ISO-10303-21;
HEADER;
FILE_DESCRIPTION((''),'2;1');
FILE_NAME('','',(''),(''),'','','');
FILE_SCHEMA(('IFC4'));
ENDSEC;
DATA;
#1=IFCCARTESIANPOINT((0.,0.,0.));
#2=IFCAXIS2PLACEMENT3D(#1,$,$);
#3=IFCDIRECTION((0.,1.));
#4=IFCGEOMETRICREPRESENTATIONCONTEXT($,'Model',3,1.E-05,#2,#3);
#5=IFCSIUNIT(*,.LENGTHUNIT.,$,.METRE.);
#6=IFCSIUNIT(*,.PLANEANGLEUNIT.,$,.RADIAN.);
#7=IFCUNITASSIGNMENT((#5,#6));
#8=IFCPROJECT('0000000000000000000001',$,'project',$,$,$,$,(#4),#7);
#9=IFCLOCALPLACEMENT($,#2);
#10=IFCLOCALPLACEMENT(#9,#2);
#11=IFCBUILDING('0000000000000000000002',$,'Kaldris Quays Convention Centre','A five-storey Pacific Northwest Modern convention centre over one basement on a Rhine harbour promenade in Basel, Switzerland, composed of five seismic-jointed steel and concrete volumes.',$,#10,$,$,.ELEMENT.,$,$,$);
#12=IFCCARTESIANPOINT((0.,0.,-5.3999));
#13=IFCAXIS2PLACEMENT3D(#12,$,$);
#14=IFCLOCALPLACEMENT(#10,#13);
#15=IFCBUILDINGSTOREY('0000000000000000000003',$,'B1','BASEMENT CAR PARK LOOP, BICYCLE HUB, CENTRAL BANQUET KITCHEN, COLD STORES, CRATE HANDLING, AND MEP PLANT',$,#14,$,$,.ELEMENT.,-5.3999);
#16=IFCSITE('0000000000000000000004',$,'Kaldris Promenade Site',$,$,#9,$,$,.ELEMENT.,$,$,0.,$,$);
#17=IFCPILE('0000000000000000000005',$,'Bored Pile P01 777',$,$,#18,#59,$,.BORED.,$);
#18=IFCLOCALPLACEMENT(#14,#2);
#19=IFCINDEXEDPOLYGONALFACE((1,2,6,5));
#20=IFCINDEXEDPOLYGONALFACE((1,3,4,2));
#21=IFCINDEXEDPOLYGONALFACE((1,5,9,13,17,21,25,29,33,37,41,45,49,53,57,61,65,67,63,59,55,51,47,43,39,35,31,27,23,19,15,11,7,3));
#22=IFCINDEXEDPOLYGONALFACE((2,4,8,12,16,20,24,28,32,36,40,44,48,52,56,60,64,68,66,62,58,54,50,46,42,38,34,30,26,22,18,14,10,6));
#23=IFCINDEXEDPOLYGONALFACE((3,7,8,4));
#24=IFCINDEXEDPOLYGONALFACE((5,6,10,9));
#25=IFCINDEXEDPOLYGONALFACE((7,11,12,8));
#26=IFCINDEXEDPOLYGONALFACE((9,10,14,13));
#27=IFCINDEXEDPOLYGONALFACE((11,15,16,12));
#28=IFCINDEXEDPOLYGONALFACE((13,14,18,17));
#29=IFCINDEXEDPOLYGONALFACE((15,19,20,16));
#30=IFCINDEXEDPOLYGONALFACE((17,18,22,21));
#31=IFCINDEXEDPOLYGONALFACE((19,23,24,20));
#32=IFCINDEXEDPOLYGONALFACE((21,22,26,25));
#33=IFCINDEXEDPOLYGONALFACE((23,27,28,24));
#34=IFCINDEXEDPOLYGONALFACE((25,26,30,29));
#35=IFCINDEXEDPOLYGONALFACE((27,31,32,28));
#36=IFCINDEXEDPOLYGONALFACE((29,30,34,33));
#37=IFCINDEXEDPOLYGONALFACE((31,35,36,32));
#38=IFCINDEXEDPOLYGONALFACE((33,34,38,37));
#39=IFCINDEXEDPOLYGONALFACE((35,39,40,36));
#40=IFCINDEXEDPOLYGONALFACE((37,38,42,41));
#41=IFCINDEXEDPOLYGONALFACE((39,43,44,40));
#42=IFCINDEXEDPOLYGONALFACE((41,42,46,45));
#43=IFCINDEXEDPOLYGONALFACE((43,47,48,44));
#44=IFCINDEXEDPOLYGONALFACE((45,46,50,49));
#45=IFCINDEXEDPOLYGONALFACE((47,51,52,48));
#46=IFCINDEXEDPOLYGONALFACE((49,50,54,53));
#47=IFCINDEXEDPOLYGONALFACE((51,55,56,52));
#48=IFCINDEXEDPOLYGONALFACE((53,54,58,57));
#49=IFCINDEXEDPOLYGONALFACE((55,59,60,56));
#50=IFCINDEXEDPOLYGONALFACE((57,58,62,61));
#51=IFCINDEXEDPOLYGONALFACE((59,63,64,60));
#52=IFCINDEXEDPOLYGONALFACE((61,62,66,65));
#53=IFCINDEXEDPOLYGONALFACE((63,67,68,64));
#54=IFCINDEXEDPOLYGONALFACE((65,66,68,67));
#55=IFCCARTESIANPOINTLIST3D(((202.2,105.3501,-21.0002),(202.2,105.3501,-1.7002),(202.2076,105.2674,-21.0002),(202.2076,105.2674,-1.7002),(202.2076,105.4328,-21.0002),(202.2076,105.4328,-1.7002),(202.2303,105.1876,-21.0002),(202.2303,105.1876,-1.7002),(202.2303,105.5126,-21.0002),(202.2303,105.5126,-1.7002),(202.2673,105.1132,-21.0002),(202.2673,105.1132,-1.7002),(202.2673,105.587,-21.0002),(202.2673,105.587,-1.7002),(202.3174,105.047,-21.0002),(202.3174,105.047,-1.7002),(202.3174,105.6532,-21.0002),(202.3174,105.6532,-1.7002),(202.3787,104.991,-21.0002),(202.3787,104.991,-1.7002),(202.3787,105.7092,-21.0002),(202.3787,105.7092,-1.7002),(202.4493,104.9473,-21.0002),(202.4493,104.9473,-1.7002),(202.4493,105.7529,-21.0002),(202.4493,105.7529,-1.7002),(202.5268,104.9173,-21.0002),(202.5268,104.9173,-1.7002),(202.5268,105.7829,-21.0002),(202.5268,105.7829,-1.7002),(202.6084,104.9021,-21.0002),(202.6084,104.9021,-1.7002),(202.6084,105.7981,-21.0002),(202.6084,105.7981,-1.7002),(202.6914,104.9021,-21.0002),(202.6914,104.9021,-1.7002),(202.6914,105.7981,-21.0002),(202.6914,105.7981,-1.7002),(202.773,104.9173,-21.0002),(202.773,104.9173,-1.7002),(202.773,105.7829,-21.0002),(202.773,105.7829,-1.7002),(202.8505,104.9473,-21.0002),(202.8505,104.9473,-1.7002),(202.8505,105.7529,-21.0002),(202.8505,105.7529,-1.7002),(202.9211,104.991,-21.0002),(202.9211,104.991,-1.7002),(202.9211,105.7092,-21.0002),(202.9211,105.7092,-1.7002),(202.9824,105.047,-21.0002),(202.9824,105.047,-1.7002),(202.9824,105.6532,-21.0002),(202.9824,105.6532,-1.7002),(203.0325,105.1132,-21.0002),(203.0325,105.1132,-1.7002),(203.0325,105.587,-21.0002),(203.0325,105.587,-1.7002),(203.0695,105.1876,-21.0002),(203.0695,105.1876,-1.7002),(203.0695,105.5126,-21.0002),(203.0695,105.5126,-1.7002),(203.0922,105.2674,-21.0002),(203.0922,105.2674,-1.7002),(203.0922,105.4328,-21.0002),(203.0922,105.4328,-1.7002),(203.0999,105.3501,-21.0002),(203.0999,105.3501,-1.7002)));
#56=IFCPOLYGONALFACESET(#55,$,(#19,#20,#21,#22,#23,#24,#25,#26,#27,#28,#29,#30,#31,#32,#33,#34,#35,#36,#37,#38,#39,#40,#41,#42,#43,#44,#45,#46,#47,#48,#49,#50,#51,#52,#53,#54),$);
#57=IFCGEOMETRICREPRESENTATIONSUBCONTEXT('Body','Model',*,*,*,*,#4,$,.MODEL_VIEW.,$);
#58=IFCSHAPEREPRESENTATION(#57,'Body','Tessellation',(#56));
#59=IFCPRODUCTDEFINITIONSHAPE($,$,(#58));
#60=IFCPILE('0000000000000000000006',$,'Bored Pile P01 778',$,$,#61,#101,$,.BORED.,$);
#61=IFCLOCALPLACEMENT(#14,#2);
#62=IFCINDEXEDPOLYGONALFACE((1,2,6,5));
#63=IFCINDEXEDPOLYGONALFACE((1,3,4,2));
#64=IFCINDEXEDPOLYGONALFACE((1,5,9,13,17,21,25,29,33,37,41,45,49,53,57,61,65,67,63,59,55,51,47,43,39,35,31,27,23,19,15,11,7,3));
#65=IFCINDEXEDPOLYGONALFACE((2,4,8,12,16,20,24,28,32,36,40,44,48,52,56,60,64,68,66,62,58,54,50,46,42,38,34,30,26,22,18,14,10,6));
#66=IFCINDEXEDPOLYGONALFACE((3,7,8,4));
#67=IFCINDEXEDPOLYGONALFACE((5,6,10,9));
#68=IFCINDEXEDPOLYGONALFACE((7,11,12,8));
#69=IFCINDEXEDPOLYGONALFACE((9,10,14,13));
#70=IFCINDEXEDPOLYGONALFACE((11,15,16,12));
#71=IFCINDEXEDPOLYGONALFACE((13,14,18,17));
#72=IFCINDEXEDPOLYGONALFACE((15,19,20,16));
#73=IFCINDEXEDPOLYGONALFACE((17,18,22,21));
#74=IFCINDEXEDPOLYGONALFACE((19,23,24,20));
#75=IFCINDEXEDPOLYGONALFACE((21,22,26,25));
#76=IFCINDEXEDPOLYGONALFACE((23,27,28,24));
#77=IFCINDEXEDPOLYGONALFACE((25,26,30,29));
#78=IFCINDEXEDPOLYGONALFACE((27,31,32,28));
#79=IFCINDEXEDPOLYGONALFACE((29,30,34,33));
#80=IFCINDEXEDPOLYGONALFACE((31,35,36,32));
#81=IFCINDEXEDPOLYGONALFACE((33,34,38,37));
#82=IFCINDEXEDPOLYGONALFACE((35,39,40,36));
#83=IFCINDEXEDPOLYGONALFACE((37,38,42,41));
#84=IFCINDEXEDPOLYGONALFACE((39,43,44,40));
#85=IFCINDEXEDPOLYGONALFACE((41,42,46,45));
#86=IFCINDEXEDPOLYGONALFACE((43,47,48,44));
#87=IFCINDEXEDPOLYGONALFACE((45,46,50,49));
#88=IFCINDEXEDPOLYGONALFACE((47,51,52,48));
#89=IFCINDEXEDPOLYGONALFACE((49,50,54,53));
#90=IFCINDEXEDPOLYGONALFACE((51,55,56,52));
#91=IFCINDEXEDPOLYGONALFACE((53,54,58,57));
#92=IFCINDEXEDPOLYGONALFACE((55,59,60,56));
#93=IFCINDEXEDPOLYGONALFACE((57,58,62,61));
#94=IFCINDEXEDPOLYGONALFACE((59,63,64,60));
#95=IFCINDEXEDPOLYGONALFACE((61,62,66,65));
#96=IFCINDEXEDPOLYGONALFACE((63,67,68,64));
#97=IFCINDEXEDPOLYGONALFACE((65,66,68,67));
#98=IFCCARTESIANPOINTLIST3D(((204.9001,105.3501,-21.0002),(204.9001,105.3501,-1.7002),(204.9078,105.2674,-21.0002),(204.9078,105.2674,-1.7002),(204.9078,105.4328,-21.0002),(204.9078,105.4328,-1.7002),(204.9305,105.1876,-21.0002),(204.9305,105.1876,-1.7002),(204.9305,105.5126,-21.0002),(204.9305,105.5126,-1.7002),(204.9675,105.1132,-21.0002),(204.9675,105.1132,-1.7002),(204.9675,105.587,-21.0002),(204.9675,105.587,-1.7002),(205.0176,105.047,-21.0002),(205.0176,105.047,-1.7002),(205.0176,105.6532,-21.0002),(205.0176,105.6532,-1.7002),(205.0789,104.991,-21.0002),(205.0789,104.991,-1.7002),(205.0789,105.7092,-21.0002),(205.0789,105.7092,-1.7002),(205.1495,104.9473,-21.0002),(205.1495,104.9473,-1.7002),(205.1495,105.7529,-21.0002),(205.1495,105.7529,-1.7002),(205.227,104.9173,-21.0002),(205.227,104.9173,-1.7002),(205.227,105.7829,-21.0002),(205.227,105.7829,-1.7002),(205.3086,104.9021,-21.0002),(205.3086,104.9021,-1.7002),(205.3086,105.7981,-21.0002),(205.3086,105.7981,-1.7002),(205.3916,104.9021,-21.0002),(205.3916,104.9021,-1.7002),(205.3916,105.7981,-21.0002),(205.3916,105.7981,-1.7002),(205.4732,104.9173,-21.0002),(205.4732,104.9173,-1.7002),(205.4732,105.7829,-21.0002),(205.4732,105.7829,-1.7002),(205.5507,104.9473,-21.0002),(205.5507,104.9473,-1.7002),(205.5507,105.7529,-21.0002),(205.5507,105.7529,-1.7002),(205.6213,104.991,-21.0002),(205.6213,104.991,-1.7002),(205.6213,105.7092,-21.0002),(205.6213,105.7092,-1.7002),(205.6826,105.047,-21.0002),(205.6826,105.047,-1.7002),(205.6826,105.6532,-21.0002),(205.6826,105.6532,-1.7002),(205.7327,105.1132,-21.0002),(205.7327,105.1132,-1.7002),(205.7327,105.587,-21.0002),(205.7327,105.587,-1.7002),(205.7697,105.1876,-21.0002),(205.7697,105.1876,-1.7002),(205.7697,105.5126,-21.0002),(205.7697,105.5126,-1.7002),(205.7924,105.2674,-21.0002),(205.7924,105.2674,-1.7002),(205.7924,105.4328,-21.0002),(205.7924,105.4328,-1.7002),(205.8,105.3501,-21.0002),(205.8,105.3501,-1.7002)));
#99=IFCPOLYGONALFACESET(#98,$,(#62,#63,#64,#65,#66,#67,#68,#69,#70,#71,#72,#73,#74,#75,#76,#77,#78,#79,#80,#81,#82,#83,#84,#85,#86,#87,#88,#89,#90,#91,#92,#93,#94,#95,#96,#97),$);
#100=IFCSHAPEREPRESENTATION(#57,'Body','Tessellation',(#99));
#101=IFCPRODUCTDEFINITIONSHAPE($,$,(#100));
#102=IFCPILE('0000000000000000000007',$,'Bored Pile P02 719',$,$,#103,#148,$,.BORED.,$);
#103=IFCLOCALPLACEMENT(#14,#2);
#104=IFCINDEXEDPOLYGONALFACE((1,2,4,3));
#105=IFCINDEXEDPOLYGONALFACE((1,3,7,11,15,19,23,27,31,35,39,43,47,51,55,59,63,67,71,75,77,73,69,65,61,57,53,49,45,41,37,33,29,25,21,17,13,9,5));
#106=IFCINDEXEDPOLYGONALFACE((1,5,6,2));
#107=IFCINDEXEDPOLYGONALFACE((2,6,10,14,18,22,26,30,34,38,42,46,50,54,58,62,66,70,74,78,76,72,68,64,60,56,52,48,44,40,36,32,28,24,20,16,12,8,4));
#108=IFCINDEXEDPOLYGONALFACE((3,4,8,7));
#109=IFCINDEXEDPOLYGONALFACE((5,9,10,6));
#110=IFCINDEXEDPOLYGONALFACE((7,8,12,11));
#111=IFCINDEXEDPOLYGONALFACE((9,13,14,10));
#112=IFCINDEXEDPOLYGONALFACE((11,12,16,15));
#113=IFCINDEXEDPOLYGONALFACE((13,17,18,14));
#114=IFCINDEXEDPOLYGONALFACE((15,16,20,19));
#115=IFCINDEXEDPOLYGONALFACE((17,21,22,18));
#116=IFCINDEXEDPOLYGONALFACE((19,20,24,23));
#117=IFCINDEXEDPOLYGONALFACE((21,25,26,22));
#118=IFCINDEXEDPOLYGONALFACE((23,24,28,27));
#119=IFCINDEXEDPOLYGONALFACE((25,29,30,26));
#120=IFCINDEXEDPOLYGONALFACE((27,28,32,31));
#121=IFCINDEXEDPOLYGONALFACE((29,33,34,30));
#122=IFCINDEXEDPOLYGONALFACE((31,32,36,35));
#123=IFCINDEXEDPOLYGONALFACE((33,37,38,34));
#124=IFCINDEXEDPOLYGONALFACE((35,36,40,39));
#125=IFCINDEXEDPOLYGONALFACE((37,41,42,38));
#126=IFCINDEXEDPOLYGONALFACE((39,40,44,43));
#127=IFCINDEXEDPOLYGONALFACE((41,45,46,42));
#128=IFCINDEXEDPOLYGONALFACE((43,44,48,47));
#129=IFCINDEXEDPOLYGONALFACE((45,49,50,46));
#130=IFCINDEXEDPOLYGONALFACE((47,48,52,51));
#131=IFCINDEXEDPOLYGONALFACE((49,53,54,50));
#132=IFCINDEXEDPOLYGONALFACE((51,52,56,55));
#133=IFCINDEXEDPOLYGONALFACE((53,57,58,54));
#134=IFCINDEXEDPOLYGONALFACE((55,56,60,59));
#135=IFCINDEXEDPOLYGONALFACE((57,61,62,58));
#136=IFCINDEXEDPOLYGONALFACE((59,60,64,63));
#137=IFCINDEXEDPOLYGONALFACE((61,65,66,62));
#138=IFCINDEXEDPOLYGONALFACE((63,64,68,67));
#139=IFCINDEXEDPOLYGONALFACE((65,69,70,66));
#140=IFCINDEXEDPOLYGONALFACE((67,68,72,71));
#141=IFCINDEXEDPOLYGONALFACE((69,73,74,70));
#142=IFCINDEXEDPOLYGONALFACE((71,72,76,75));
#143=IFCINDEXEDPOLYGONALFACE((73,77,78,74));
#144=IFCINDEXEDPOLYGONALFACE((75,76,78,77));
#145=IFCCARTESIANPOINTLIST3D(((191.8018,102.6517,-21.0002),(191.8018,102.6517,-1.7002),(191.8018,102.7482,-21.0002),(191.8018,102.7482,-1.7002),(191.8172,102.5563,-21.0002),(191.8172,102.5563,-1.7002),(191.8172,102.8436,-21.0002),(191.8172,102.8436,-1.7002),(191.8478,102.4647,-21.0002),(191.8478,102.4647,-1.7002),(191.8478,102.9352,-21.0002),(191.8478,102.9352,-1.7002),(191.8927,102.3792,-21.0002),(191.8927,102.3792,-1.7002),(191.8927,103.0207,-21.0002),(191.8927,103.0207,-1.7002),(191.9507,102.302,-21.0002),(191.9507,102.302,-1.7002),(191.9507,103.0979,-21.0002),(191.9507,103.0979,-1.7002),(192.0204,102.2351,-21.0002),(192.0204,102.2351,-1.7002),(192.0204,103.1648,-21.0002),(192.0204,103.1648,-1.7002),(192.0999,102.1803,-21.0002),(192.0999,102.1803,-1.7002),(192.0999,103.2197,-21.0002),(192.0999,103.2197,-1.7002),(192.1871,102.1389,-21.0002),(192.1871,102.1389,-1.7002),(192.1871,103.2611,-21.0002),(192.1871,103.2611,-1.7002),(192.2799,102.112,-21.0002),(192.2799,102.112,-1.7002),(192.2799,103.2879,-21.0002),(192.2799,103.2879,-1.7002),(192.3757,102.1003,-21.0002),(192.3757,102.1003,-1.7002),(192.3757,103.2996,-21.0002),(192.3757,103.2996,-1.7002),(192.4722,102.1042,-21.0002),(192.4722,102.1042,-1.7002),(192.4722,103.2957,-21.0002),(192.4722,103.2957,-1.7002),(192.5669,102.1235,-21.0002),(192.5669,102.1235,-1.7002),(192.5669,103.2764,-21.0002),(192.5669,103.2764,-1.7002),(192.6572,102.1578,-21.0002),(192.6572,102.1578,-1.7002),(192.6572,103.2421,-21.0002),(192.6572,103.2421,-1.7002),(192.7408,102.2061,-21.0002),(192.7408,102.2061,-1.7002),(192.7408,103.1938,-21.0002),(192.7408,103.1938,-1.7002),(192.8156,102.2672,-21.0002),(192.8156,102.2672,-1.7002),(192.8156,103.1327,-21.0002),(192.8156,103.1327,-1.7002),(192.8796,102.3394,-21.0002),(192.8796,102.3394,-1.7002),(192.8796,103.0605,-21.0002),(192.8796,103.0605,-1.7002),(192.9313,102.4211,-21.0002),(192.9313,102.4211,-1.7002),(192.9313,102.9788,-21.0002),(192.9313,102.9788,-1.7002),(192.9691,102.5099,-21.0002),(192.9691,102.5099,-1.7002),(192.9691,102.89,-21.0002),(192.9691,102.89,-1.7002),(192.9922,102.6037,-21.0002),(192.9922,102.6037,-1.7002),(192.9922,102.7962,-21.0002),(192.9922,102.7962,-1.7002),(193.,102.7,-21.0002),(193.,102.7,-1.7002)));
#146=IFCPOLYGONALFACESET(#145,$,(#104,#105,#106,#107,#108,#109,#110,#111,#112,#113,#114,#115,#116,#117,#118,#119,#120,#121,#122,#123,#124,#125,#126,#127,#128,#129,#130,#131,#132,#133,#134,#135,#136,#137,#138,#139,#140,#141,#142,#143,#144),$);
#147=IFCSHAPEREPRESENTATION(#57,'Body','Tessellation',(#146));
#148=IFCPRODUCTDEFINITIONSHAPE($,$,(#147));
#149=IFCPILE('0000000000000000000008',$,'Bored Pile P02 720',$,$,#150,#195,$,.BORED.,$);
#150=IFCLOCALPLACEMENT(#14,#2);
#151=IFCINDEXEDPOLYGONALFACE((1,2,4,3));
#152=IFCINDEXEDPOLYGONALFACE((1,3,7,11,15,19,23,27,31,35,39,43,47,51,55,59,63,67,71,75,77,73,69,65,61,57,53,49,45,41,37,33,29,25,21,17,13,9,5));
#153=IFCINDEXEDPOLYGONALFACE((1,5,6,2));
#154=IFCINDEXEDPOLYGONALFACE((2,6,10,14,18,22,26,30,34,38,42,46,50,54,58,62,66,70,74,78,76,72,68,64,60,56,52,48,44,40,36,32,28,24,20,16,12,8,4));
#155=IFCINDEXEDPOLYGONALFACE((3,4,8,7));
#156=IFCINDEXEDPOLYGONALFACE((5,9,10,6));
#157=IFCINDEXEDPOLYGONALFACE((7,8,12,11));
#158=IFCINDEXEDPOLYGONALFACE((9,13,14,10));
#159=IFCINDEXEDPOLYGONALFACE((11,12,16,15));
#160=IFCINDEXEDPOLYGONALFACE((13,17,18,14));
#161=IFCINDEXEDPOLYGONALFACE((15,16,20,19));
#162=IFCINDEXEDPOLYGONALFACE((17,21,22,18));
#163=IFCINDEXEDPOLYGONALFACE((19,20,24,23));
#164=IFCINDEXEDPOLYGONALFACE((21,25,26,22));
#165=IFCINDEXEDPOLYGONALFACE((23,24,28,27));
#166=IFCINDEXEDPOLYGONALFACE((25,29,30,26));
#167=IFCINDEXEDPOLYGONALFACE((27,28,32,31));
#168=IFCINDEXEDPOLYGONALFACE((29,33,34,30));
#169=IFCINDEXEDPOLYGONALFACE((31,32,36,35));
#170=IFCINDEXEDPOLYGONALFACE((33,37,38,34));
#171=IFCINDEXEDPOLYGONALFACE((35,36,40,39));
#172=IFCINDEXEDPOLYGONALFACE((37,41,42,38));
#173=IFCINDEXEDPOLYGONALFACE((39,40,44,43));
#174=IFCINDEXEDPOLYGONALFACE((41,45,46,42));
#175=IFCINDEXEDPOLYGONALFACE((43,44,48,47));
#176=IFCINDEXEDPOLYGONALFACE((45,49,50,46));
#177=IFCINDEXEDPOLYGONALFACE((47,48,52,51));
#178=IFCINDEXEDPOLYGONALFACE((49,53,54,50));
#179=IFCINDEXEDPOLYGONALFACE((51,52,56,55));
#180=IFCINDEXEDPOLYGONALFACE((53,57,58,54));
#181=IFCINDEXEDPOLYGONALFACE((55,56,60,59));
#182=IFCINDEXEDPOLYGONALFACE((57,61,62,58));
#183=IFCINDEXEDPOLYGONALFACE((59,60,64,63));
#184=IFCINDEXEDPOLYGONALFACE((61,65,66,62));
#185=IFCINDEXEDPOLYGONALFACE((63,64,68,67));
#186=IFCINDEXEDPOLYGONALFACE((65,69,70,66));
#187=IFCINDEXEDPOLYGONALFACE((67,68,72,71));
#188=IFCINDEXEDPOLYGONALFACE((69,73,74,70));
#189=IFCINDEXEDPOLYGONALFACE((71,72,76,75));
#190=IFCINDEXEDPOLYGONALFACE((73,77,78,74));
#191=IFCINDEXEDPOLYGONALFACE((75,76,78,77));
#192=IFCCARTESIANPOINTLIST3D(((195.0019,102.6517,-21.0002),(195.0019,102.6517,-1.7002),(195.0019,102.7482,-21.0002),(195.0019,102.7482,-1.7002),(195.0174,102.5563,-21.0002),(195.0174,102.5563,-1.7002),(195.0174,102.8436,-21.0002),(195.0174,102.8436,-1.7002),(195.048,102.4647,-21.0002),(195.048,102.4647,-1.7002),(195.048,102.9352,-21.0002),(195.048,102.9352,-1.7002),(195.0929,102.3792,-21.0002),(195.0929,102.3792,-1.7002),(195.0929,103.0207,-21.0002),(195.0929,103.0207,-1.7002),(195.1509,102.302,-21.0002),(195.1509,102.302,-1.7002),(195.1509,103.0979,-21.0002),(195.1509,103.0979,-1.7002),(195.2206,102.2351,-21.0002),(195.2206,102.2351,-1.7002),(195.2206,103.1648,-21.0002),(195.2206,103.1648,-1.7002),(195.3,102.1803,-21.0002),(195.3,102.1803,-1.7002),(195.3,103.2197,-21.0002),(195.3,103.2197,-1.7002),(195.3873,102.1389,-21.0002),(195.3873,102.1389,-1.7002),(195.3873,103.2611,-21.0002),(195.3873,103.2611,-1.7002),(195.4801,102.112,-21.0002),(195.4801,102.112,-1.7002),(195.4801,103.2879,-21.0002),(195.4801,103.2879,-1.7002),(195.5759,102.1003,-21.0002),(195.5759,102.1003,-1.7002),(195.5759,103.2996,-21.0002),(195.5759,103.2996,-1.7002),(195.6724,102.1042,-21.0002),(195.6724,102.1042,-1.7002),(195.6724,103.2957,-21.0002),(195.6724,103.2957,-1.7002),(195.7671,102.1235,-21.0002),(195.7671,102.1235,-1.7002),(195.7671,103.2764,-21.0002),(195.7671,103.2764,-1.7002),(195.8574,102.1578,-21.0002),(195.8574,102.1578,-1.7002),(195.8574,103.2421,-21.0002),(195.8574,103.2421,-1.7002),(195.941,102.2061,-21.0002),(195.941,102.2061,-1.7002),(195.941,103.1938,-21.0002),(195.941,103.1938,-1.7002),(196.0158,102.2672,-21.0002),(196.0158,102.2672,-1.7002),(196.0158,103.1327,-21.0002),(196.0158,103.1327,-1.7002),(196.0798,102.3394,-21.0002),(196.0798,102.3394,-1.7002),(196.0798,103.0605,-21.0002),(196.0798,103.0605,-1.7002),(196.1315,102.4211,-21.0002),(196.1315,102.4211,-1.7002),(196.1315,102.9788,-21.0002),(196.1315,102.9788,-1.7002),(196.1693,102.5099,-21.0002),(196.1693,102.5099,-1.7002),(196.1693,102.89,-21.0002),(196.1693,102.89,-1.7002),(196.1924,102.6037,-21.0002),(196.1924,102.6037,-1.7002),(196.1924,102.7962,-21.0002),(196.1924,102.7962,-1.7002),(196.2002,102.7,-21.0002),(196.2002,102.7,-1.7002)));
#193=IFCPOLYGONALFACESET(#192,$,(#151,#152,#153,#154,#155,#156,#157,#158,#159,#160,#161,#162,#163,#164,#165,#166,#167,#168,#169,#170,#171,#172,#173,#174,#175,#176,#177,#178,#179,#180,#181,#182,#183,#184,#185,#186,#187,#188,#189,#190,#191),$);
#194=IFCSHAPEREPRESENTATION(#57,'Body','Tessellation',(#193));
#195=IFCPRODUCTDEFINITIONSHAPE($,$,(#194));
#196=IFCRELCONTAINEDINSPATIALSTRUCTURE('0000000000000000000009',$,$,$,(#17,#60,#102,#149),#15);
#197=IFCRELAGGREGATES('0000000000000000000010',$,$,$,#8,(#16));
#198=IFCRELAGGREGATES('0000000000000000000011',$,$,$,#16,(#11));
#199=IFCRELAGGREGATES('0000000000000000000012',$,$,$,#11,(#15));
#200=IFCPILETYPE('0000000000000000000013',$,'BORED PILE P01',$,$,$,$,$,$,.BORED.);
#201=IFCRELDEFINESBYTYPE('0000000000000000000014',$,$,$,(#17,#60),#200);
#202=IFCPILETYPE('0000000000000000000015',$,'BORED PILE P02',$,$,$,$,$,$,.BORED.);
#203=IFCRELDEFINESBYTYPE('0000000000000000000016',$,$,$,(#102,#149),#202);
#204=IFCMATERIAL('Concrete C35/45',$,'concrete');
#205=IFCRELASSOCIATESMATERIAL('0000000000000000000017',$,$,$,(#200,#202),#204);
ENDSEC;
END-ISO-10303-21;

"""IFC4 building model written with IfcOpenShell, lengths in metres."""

from ifc_helpers import new_model, si_unit, direction, frame, origin, origin_2d, place, context, subcontext, project, spatial, circle, extrude, material, material_profile, profile_set, type_object, element, save


model = new_model("IFC4")

# Units and contexts
model_context = context("Model", 3, precision=1e-05, world=origin(), true_north=direction((0.0, 1.0)))
body_context = subcontext(model_context, "Body", "Model", "MODEL_VIEW")
ifc_project = project(units=[si_unit("LENGTHUNIT", "METRE"), si_unit("PLANEANGLEUNIT", "RADIAN")], contexts=[model_context])

# Site, building, storey
site_placement = place(None, origin())
site = spatial("IfcSite", under=ifc_project, at=site_placement, Name="Kaldris Promenade Site", CompositionType="ELEMENT", RefElevation=0.0)
building_placement = place(site_placement, origin())
building = spatial("IfcBuilding", under=site, at=building_placement, Name="Kaldris Quays Convention Centre", Description="A five-storey Pacific Northwest Modern convention centre over one basement on a Rhine harbour promenade in Basel, Switzerland, composed of five seismic-jointed steel and concrete volumes.", CompositionType="ELEMENT")
storey_placement = place(building_placement, frame((0.0, 0.0, -5.3999)))
storey = spatial("IfcBuildingStorey", under=building, at=storey_placement, Name="B1", Description="BASEMENT CAR PARK LOOP, BICYCLE HUB, CENTRAL BANQUET KITCHEN, COLD STORES, CRATE HANDLING, AND MEP PLANT", CompositionType="ELEMENT", Elevation=-5.3999)

# Piles
ifc_material_1 = material(Name="Concrete C35/45", Category="concrete")
ifc_material_profile_1 = material_profile(ifc_material_1, circle(Radius=0.45, at=origin_2d()), Name="BORED PILE D900")
ifc_profile_set_1 = profile_set([ifc_material_profile_1], Name="Concrete C35/45")
pile_type_1 = type_object("IfcPileType", Name="BORED PILE P01", PredefinedType="BORED", material=ifc_profile_set_1)
for number, where, z_axis, x_axis, name in (
    (1, (202.6499, 105.3501, -1.7002), (0.0, 0.0, -1.0), (1.0, 0.0, 0.0), "Bored Pile P01 777"),
    (2, (205.3501, 105.3501, -1.7002), (0.0, 0.0, -1.0), (1.0, 0.0, 0.0), "Bored Pile P01 778"),
):
    element("IfcPile", number, at=place(storey_placement, frame(where, z_axis=z_axis, x_axis=x_axis)), inside=storey, type_object=pile_type_1, Name=name, PredefinedType="BORED", context=body_context, shape_type="SweptSolid", body=[
        extrude(circle(Radius=0.45, at=origin_2d()), origin(), (0.0, 0.0, 1.0), 19.3),
    ])
ifc_material_profile_2 = material_profile(ifc_material_1, circle(Radius=0.6001, at=origin_2d()), Name="BORED PILE D1200")
ifc_profile_set_2 = profile_set([ifc_material_profile_2], Name="Concrete C35/45")
pile_type_2 = type_object("IfcPileType", Name="BORED PILE P02", PredefinedType="BORED", material=ifc_profile_set_2)
for number, where, z_axis, x_axis, name in (
    (3, (192.3999, 102.7, -1.7002), (0.0, 0.0, -1.0), (1.0, 0.0, 0.0), "Bored Pile P02 719"),
    (4, (195.6001, 102.7, -1.7002), (0.0, 0.0, -1.0), (1.0, 0.0, 0.0), "Bored Pile P02 720"),
):
    element("IfcPile", number, at=place(storey_placement, frame(where, z_axis=z_axis, x_axis=x_axis)), inside=storey, type_object=pile_type_2, Name=name, PredefinedType="BORED", context=body_context, shape_type="SweptSolid", body=[
        extrude(circle(Radius=0.6001, at=origin_2d()), origin(), (0.0, 0.0, 1.0), 19.3),
    ])

save(model, "model.ifc")
